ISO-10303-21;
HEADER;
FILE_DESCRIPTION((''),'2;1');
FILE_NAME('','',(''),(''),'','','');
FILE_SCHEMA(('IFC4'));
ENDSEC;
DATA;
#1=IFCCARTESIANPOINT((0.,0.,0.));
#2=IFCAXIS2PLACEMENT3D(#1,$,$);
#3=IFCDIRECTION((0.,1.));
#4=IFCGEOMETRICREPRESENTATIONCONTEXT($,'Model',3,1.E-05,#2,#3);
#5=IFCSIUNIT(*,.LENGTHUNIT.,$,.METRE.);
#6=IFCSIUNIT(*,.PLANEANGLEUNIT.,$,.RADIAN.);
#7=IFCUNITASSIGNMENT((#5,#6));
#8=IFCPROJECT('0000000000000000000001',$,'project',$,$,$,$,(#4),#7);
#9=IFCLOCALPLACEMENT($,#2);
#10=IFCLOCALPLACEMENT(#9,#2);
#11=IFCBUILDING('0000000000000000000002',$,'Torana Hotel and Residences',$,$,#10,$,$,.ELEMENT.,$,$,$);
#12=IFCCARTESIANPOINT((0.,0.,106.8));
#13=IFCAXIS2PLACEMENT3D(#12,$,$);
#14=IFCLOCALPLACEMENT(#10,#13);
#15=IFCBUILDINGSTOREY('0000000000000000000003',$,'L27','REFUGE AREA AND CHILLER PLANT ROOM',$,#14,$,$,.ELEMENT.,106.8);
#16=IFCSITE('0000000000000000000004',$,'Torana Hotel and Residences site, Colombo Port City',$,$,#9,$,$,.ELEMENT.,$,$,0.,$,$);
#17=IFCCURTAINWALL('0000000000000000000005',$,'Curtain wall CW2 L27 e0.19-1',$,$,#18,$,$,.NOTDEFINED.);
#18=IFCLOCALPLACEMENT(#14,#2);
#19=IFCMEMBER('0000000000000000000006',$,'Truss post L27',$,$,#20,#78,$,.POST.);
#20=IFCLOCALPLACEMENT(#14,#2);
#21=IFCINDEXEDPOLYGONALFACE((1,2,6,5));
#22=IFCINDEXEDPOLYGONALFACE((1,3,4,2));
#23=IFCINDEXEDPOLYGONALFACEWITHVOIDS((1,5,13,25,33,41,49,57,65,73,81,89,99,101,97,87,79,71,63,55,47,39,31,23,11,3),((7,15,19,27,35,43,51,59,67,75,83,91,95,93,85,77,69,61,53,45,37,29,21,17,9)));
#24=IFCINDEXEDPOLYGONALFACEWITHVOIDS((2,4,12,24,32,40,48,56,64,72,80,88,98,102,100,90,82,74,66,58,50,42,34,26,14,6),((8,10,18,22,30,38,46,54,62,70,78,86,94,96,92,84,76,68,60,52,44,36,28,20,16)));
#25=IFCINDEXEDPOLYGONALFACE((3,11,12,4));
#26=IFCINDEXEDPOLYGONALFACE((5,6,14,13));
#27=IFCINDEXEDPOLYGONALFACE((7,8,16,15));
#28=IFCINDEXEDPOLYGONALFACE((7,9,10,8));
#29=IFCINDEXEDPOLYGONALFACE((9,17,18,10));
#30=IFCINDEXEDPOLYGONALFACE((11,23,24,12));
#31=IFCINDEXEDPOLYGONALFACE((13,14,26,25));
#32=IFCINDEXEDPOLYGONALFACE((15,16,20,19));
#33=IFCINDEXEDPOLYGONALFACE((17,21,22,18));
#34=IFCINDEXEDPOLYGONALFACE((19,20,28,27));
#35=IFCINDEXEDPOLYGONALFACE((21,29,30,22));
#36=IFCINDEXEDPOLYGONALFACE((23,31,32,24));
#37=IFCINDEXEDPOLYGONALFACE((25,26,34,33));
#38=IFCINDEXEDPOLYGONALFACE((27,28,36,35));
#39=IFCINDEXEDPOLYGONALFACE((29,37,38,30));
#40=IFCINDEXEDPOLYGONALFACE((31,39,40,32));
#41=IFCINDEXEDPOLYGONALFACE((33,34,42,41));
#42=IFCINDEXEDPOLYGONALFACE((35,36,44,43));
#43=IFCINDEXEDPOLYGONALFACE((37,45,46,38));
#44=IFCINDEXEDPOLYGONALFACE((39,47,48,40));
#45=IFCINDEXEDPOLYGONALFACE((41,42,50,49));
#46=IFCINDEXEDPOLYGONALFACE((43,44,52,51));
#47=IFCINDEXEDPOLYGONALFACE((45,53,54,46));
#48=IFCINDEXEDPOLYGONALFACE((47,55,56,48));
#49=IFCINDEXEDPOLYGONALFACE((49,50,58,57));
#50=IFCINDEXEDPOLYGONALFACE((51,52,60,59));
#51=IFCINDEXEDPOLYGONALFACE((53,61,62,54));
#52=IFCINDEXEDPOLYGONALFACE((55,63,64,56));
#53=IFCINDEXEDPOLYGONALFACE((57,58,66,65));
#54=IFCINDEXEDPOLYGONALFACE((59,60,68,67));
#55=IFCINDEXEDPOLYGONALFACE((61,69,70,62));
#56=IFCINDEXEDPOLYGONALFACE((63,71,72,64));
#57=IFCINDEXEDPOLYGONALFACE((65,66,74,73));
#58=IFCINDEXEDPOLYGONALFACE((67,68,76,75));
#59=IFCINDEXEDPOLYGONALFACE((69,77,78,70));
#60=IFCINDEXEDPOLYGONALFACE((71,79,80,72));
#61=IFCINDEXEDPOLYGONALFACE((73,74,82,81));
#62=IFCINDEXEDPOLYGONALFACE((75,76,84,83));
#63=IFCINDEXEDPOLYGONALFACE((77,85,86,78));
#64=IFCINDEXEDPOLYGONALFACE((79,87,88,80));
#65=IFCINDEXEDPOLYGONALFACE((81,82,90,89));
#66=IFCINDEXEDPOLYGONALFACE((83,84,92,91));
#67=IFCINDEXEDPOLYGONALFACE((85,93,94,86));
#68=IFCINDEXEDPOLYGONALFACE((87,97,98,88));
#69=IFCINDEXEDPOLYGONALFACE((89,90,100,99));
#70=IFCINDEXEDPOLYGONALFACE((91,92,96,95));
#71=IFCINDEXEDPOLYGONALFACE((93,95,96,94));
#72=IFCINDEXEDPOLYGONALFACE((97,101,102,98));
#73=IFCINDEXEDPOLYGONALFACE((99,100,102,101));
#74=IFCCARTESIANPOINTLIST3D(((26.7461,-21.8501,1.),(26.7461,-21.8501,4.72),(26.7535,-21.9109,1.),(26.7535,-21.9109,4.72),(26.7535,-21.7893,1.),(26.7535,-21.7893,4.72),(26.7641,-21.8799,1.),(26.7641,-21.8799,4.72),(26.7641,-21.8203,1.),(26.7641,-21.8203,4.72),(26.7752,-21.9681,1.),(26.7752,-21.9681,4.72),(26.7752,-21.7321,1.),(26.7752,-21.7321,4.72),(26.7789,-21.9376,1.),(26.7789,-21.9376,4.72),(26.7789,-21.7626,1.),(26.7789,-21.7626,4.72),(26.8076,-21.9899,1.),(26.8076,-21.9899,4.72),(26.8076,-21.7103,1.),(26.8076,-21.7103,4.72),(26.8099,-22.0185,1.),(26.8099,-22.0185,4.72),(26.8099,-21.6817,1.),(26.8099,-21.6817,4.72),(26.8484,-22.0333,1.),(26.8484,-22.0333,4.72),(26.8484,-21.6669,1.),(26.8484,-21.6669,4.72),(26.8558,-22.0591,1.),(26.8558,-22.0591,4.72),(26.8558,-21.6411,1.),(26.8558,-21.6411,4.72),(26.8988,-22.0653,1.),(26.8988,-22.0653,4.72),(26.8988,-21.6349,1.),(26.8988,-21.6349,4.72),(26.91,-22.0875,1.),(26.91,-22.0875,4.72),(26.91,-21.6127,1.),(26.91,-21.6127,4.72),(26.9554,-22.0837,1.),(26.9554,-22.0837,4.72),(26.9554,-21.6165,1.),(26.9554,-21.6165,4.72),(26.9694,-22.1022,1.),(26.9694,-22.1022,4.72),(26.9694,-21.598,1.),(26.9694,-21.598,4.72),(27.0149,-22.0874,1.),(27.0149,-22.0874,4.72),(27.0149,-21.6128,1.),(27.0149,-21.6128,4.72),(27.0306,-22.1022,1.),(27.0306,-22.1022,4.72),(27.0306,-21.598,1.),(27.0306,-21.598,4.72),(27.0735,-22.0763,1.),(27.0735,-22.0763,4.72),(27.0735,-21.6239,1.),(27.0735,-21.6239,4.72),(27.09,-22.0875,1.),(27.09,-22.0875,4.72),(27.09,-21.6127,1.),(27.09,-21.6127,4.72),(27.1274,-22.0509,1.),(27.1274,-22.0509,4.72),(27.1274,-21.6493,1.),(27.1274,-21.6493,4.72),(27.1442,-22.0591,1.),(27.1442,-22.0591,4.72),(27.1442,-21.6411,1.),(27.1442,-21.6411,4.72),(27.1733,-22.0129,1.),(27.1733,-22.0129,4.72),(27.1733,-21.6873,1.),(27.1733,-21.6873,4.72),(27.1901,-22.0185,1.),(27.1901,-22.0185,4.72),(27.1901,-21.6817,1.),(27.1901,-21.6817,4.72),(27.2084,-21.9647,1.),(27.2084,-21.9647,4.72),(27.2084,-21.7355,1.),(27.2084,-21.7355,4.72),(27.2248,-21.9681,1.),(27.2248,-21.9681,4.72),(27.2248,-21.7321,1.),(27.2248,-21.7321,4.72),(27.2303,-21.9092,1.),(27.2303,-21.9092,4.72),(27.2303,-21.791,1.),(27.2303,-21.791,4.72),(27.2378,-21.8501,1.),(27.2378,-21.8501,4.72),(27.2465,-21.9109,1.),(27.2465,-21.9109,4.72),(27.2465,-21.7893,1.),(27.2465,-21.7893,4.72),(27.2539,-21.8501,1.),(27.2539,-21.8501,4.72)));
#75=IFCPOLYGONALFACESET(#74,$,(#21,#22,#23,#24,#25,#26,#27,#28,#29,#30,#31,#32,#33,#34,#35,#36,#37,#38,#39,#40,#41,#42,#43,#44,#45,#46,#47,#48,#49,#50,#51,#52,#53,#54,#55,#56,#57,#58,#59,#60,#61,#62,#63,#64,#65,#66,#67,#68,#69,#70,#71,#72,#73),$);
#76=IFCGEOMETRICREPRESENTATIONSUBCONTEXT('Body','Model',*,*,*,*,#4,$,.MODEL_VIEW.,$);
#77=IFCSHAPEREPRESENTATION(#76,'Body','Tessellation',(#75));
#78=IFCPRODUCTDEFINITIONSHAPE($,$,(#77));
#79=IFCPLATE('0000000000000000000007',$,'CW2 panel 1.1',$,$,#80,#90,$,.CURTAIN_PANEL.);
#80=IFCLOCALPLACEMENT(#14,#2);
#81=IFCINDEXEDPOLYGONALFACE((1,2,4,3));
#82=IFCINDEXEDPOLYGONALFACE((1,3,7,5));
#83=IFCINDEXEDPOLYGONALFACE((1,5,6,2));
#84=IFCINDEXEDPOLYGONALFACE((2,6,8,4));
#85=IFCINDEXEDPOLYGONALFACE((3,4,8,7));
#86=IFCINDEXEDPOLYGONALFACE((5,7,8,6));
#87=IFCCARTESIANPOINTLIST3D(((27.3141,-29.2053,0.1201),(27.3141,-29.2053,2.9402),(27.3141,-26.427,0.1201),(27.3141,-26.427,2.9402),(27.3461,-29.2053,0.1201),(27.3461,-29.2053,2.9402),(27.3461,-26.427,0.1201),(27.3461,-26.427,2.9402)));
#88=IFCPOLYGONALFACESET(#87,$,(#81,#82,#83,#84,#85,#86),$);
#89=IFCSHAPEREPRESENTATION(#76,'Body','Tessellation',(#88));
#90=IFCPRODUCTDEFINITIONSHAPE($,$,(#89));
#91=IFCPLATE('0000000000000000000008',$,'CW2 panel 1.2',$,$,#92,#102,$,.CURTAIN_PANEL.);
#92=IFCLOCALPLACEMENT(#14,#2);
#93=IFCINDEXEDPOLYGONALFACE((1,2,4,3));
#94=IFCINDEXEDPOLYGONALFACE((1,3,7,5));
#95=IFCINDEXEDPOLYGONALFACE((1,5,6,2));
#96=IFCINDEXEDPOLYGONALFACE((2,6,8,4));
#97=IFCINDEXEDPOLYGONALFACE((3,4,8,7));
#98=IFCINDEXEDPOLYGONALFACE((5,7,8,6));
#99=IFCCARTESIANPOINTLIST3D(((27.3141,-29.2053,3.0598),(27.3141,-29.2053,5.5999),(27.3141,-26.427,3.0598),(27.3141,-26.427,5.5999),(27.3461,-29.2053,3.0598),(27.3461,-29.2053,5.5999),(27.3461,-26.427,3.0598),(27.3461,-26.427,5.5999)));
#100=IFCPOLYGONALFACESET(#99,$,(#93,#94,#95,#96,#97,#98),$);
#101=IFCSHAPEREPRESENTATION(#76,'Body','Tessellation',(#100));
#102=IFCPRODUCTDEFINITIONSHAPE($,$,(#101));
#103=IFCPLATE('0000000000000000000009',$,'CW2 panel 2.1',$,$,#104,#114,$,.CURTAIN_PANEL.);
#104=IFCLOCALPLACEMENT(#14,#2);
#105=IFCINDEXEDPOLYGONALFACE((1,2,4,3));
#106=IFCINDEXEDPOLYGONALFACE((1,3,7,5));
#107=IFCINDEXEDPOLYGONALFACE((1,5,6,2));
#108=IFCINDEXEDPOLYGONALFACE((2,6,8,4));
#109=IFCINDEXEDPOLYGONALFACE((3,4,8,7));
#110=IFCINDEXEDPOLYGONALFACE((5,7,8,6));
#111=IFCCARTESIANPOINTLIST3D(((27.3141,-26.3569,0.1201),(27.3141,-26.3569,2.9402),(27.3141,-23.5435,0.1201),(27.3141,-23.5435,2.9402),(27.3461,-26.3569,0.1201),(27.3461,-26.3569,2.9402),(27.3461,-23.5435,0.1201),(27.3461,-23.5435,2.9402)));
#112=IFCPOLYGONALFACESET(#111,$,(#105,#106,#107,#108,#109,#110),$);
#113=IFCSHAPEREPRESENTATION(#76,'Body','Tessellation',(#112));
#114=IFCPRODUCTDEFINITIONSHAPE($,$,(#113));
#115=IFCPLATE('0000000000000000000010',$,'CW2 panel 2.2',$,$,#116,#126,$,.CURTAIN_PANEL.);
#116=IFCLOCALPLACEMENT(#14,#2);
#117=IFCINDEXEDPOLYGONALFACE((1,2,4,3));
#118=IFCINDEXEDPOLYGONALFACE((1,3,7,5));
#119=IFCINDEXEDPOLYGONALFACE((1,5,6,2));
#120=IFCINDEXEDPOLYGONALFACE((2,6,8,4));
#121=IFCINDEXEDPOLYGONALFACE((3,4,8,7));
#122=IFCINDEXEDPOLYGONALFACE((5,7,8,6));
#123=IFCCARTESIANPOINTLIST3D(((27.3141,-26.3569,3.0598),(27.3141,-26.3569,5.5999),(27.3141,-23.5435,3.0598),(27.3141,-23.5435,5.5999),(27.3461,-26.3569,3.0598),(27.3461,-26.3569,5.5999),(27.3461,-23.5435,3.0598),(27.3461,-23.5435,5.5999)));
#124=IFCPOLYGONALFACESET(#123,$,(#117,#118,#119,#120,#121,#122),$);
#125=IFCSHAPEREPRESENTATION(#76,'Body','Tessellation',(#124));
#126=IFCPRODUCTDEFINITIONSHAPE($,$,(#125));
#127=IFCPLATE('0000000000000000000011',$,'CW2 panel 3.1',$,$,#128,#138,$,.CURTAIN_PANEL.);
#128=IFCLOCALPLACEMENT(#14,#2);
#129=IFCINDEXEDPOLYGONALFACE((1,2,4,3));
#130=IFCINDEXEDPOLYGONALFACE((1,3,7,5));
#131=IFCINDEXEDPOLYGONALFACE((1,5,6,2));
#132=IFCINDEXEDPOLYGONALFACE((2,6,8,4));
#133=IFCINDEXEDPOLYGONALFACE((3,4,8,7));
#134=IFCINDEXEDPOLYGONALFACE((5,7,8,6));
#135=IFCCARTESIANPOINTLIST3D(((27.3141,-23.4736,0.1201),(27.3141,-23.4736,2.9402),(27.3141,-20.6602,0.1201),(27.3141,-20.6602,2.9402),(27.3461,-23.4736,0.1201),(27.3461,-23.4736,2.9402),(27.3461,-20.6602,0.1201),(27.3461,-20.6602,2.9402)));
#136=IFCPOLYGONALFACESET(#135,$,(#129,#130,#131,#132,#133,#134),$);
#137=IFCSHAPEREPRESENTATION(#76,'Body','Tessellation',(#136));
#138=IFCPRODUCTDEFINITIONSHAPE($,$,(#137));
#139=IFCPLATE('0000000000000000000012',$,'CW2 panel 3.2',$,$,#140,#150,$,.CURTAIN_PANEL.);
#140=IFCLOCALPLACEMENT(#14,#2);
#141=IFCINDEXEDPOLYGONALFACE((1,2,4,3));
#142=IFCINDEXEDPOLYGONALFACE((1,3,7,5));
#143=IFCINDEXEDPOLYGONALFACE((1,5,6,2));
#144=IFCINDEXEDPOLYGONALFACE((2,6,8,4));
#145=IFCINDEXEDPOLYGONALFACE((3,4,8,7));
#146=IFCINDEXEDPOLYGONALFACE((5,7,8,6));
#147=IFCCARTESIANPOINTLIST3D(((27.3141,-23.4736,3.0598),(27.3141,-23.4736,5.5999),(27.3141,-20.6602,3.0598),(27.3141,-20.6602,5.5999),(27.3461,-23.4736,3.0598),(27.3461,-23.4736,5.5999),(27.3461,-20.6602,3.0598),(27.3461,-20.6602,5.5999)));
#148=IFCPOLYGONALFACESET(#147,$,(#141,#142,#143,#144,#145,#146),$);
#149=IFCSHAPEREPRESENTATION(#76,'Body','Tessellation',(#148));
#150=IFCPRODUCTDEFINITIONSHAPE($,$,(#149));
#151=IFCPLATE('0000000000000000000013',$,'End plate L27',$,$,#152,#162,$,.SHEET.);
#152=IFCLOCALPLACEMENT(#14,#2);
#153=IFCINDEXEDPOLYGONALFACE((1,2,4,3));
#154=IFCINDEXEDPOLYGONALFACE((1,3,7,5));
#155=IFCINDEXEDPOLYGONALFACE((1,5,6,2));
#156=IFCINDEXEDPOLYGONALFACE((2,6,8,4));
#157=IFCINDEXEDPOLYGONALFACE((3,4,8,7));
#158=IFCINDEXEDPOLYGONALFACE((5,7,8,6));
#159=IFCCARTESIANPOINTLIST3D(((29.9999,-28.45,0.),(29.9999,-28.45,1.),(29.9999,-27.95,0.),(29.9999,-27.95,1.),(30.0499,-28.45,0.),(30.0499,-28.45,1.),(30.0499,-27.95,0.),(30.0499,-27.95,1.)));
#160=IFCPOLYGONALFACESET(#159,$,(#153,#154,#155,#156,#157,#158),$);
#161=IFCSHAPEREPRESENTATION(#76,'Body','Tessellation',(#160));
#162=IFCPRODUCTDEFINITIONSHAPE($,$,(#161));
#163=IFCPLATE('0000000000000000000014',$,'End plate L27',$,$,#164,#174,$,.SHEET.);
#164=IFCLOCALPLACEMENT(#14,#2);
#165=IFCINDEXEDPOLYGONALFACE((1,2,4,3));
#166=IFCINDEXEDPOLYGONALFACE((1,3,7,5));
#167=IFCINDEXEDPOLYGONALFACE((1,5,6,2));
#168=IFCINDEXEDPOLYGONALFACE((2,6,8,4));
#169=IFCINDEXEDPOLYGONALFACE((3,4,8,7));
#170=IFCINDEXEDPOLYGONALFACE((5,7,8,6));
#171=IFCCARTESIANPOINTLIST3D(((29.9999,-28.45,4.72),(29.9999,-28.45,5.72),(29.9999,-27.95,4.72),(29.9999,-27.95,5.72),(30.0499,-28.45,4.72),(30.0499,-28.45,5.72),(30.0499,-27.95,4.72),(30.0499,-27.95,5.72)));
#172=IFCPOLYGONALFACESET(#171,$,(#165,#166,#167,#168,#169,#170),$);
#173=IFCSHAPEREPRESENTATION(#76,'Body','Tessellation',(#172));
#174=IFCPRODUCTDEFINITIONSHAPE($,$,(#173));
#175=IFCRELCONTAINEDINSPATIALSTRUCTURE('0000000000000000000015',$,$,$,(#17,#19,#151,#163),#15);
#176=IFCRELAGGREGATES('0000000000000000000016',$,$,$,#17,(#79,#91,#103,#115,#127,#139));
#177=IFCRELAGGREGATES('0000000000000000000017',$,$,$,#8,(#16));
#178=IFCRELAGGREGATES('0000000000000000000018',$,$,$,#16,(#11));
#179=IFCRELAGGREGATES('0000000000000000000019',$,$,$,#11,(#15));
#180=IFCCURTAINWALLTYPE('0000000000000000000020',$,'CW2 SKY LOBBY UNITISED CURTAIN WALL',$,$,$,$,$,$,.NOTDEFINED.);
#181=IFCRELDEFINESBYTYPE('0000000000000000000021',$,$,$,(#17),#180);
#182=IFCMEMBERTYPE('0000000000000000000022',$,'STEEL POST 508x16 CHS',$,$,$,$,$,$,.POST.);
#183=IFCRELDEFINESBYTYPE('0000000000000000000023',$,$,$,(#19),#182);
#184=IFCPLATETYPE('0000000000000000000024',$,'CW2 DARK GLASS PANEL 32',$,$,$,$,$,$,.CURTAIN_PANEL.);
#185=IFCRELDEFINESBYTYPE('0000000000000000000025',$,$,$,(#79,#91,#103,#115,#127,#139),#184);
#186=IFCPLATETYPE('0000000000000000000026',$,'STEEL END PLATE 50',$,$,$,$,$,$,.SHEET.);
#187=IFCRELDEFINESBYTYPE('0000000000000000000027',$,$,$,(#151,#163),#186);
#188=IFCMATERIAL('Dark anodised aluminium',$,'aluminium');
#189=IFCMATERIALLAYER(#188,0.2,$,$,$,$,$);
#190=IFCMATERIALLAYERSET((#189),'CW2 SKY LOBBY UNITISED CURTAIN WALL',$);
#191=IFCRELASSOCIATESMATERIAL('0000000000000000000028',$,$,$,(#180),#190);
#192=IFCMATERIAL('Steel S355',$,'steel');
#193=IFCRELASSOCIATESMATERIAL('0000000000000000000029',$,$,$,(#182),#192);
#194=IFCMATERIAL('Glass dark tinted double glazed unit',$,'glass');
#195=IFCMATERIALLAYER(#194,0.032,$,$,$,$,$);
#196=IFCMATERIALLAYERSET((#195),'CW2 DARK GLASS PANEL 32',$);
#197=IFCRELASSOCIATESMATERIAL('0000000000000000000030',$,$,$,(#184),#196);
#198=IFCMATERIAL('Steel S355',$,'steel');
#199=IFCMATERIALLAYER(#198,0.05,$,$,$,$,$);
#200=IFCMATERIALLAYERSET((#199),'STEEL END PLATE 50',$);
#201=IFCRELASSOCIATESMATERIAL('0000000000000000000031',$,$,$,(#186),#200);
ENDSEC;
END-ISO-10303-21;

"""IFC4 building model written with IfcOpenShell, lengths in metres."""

from ifc_helpers import new_model, si_unit, direction, frame, origin, origin_2d, place, context, subcontext, project, spatial, rectangle, hollow_circle, extrude, material, layer, layer_set, material_profile, profile_set, type_object, element, aggregate, save


model = new_model("IFC4")

# Units and contexts
model_context = context("Model", 3, precision=1e-05, world=origin(), true_north=direction((0.0, 1.0)))
body_context = subcontext(model_context, "Body", "Model", "MODEL_VIEW")
ifc_project = project(units=[si_unit("LENGTHUNIT", "METRE"), si_unit("PLANEANGLEUNIT", "RADIAN")], contexts=[model_context])

# Site, building, storey
site_placement = place(None, origin())
site = spatial("IfcSite", under=ifc_project, at=site_placement, Name="Torana Hotel and Residences site, Colombo Port City", CompositionType="ELEMENT", RefElevation=0.0)
building_placement = place(site_placement, origin())
building = spatial("IfcBuilding", under=site, at=building_placement, Name="Torana Hotel and Residences", CompositionType="ELEMENT")
storey_placement = place(building_placement, frame((0.0, 0.0, 106.8)))
storey = spatial("IfcBuildingStorey", under=building, at=storey_placement, Name="L27", Description="REFUGE AREA AND CHILLER PLANT ROOM", CompositionType="ELEMENT", Elevation=106.8)

# Curtain wall
ifc_material_1 = material(Name="Dark anodised aluminium", Category="aluminium")
ifc_layer_1 = layer(ifc_material_1, 0.2)
ifc_layer_set_1 = layer_set([ifc_layer_1], Name="CW2 SKY LOBBY UNITISED CURTAIN WALL")
curtain_wall_type = type_object("IfcCurtainWallType", Name="CW2 SKY LOBBY UNITISED CURTAIN WALL", PredefinedType="NOTDEFINED", material=ifc_layer_set_1)
curtain_wall_placement = place(storey_placement, origin())
curtain_wall = element("IfcCurtainWall", 1, at=curtain_wall_placement, inside=storey, type_object=curtain_wall_type, Name="Curtain wall CW2 L27 e0.19-1", PredefinedType="NOTDEFINED")

# Member
ifc_material_2 = material(Name="Steel S355", Category="steel")
ifc_material_profile_1 = material_profile(ifc_material_2, hollow_circle(Radius=0.2539, WallThickness=0.0161, at=origin_2d()), Name="508x16 CHS")
ifc_profile_set_1 = profile_set([ifc_material_profile_1], Name="Steel S355")
member_type_1 = type_object("IfcMemberType", Name="STEEL POST 508x16 CHS", PredefinedType="POST", material=ifc_profile_set_1)
for number, where, z_axis, x_axis, name in (
    (2, (27.0, -21.8501, 1.0), (0.0, 0.0, 1.0), (1.0, 0.0, 0.0), "Truss post L27"),
):
    element("IfcMember", number, at=place(storey_placement, frame(where, z_axis=z_axis, x_axis=x_axis)), inside=storey, type_object=member_type_1, Name=name, PredefinedType="POST", context=body_context, shape_type="SweptSolid", body=[
        extrude(hollow_circle(Radius=0.2539, WallThickness=0.0161, at=origin_2d()), origin(), (0.0, 0.0, 1.0), 3.72),
    ])

# Plates
ifc_material_3 = material(Name="Glass dark tinted double glazed unit", Category="glass")
ifc_layer_2 = layer(ifc_material_3, 0.032)
ifc_layer_set_2 = layer_set([ifc_layer_2], Name="CW2 DARK GLASS PANEL 32")
plate_type_1 = type_object("IfcPlateType", Name="CW2 DARK GLASS PANEL 32", PredefinedType="CURTAIN_PANEL", material=ifc_layer_set_2)
plate_1_placement = place(storey_placement, frame((27.3301, -27.8162, 0.1201), z_axis=(0.0, 0.0, 1.0), x_axis=(0.0, 1.0, 0.0)))
plate_1 = element("IfcPlate", 3, at=plate_1_placement, type_object=plate_type_1, Name="CW2 panel 1.1", PredefinedType="CURTAIN_PANEL", context=body_context, shape_type="SweptSolid", body=[
    extrude(rectangle(XDim=2.7783, YDim=0.032, at=origin_2d()), origin(), (0.0, 0.0, 1.0), 2.8201),
])
plate_2_placement = place(storey_placement, frame((27.3301, -27.8162, 3.0598), z_axis=(0.0, 0.0, 1.0), x_axis=(0.0, 1.0, 0.0)))
plate_2 = element("IfcPlate", 4, at=plate_2_placement, type_object=plate_type_1, Name="CW2 panel 1.2", PredefinedType="CURTAIN_PANEL", context=body_context, shape_type="SweptSolid", body=[
    extrude(rectangle(XDim=2.7783, YDim=0.032, at=origin_2d()), origin(), (0.0, 0.0, 1.0), 2.54),
])
plate_3_placement = place(storey_placement, frame((27.3301, -24.9502, 0.1201), z_axis=(0.0, 0.0, 1.0), x_axis=(0.0, 1.0, 0.0)))
plate_3 = element("IfcPlate", 5, at=plate_3_placement, type_object=plate_type_1, Name="CW2 panel 2.1", PredefinedType="CURTAIN_PANEL", context=body_context, shape_type="SweptSolid", body=[
    extrude(rectangle(XDim=2.8135, YDim=0.032, at=origin_2d()), origin(), (0.0, 0.0, 1.0), 2.8201),
])
plate_4_placement = place(storey_placement, frame((27.3301, -24.9502, 3.0598), z_axis=(0.0, 0.0, 1.0), x_axis=(0.0, 1.0, 0.0)))
plate_4 = element("IfcPlate", 6, at=plate_4_placement, type_object=plate_type_1, Name="CW2 panel 2.2", PredefinedType="CURTAIN_PANEL", context=body_context, shape_type="SweptSolid", body=[
    extrude(rectangle(XDim=2.8135, YDim=0.032, at=origin_2d()), origin(), (0.0, 0.0, 1.0), 2.54),
])
plate_5_placement = place(storey_placement, frame((27.3301, -22.0669, 0.1201), z_axis=(0.0, 0.0, 1.0), x_axis=(0.0, 1.0, 0.0)))
plate_5 = element("IfcPlate", 7, at=plate_5_placement, type_object=plate_type_1, Name="CW2 panel 3.1", PredefinedType="CURTAIN_PANEL", context=body_context, shape_type="SweptSolid", body=[
    extrude(rectangle(XDim=2.8135, YDim=0.032, at=origin_2d()), origin(), (0.0, 0.0, 1.0), 2.8201),
])
plate_6_placement = place(storey_placement, frame((27.3301, -22.0669, 3.0598), z_axis=(0.0, 0.0, 1.0), x_axis=(0.0, 1.0, 0.0)))
plate_6 = element("IfcPlate", 8, at=plate_6_placement, type_object=plate_type_1, Name="CW2 panel 3.2", PredefinedType="CURTAIN_PANEL", context=body_context, shape_type="SweptSolid", body=[
    extrude(rectangle(XDim=2.8135, YDim=0.032, at=origin_2d()), origin(), (0.0, 0.0, 1.0), 2.54),
])
aggregate(curtain_wall, [plate_1, plate_2, plate_3, plate_4, plate_5, plate_6])

# Plates
ifc_material_4 = material(Name="Steel S355", Category="steel")
ifc_layer_3 = layer(ifc_material_4, 0.05)
ifc_layer_set_3 = layer_set([ifc_layer_3], Name="STEEL END PLATE 50")
plate_type_2 = type_object("IfcPlateType", Name="STEEL END PLATE 50", PredefinedType="SHEET", material=ifc_layer_set_3)
for number, where, z_axis, x_axis, name in (
    (9, (30.0249, -28.2, 0.0), (0.0, 0.0, 1.0), (1.0, 0.0, 0.0), "End plate L27"),
    (10, (30.0249, -28.2, 4.72), (0.0, 0.0, 1.0), (1.0, 0.0, 0.0), "End plate L27"),
):
    element("IfcPlate", number, at=place(storey_placement, frame(where, z_axis=z_axis, x_axis=x_axis)), inside=storey, type_object=plate_type_2, Name=name, PredefinedType="SHEET", context=body_context, shape_type="SweptSolid", body=[
        extrude(rectangle(XDim=0.05, YDim=0.5, at=origin_2d()), origin(), (0.0, 0.0, 1.0), 1.0),
    ])

save(model, "model.ifc")
